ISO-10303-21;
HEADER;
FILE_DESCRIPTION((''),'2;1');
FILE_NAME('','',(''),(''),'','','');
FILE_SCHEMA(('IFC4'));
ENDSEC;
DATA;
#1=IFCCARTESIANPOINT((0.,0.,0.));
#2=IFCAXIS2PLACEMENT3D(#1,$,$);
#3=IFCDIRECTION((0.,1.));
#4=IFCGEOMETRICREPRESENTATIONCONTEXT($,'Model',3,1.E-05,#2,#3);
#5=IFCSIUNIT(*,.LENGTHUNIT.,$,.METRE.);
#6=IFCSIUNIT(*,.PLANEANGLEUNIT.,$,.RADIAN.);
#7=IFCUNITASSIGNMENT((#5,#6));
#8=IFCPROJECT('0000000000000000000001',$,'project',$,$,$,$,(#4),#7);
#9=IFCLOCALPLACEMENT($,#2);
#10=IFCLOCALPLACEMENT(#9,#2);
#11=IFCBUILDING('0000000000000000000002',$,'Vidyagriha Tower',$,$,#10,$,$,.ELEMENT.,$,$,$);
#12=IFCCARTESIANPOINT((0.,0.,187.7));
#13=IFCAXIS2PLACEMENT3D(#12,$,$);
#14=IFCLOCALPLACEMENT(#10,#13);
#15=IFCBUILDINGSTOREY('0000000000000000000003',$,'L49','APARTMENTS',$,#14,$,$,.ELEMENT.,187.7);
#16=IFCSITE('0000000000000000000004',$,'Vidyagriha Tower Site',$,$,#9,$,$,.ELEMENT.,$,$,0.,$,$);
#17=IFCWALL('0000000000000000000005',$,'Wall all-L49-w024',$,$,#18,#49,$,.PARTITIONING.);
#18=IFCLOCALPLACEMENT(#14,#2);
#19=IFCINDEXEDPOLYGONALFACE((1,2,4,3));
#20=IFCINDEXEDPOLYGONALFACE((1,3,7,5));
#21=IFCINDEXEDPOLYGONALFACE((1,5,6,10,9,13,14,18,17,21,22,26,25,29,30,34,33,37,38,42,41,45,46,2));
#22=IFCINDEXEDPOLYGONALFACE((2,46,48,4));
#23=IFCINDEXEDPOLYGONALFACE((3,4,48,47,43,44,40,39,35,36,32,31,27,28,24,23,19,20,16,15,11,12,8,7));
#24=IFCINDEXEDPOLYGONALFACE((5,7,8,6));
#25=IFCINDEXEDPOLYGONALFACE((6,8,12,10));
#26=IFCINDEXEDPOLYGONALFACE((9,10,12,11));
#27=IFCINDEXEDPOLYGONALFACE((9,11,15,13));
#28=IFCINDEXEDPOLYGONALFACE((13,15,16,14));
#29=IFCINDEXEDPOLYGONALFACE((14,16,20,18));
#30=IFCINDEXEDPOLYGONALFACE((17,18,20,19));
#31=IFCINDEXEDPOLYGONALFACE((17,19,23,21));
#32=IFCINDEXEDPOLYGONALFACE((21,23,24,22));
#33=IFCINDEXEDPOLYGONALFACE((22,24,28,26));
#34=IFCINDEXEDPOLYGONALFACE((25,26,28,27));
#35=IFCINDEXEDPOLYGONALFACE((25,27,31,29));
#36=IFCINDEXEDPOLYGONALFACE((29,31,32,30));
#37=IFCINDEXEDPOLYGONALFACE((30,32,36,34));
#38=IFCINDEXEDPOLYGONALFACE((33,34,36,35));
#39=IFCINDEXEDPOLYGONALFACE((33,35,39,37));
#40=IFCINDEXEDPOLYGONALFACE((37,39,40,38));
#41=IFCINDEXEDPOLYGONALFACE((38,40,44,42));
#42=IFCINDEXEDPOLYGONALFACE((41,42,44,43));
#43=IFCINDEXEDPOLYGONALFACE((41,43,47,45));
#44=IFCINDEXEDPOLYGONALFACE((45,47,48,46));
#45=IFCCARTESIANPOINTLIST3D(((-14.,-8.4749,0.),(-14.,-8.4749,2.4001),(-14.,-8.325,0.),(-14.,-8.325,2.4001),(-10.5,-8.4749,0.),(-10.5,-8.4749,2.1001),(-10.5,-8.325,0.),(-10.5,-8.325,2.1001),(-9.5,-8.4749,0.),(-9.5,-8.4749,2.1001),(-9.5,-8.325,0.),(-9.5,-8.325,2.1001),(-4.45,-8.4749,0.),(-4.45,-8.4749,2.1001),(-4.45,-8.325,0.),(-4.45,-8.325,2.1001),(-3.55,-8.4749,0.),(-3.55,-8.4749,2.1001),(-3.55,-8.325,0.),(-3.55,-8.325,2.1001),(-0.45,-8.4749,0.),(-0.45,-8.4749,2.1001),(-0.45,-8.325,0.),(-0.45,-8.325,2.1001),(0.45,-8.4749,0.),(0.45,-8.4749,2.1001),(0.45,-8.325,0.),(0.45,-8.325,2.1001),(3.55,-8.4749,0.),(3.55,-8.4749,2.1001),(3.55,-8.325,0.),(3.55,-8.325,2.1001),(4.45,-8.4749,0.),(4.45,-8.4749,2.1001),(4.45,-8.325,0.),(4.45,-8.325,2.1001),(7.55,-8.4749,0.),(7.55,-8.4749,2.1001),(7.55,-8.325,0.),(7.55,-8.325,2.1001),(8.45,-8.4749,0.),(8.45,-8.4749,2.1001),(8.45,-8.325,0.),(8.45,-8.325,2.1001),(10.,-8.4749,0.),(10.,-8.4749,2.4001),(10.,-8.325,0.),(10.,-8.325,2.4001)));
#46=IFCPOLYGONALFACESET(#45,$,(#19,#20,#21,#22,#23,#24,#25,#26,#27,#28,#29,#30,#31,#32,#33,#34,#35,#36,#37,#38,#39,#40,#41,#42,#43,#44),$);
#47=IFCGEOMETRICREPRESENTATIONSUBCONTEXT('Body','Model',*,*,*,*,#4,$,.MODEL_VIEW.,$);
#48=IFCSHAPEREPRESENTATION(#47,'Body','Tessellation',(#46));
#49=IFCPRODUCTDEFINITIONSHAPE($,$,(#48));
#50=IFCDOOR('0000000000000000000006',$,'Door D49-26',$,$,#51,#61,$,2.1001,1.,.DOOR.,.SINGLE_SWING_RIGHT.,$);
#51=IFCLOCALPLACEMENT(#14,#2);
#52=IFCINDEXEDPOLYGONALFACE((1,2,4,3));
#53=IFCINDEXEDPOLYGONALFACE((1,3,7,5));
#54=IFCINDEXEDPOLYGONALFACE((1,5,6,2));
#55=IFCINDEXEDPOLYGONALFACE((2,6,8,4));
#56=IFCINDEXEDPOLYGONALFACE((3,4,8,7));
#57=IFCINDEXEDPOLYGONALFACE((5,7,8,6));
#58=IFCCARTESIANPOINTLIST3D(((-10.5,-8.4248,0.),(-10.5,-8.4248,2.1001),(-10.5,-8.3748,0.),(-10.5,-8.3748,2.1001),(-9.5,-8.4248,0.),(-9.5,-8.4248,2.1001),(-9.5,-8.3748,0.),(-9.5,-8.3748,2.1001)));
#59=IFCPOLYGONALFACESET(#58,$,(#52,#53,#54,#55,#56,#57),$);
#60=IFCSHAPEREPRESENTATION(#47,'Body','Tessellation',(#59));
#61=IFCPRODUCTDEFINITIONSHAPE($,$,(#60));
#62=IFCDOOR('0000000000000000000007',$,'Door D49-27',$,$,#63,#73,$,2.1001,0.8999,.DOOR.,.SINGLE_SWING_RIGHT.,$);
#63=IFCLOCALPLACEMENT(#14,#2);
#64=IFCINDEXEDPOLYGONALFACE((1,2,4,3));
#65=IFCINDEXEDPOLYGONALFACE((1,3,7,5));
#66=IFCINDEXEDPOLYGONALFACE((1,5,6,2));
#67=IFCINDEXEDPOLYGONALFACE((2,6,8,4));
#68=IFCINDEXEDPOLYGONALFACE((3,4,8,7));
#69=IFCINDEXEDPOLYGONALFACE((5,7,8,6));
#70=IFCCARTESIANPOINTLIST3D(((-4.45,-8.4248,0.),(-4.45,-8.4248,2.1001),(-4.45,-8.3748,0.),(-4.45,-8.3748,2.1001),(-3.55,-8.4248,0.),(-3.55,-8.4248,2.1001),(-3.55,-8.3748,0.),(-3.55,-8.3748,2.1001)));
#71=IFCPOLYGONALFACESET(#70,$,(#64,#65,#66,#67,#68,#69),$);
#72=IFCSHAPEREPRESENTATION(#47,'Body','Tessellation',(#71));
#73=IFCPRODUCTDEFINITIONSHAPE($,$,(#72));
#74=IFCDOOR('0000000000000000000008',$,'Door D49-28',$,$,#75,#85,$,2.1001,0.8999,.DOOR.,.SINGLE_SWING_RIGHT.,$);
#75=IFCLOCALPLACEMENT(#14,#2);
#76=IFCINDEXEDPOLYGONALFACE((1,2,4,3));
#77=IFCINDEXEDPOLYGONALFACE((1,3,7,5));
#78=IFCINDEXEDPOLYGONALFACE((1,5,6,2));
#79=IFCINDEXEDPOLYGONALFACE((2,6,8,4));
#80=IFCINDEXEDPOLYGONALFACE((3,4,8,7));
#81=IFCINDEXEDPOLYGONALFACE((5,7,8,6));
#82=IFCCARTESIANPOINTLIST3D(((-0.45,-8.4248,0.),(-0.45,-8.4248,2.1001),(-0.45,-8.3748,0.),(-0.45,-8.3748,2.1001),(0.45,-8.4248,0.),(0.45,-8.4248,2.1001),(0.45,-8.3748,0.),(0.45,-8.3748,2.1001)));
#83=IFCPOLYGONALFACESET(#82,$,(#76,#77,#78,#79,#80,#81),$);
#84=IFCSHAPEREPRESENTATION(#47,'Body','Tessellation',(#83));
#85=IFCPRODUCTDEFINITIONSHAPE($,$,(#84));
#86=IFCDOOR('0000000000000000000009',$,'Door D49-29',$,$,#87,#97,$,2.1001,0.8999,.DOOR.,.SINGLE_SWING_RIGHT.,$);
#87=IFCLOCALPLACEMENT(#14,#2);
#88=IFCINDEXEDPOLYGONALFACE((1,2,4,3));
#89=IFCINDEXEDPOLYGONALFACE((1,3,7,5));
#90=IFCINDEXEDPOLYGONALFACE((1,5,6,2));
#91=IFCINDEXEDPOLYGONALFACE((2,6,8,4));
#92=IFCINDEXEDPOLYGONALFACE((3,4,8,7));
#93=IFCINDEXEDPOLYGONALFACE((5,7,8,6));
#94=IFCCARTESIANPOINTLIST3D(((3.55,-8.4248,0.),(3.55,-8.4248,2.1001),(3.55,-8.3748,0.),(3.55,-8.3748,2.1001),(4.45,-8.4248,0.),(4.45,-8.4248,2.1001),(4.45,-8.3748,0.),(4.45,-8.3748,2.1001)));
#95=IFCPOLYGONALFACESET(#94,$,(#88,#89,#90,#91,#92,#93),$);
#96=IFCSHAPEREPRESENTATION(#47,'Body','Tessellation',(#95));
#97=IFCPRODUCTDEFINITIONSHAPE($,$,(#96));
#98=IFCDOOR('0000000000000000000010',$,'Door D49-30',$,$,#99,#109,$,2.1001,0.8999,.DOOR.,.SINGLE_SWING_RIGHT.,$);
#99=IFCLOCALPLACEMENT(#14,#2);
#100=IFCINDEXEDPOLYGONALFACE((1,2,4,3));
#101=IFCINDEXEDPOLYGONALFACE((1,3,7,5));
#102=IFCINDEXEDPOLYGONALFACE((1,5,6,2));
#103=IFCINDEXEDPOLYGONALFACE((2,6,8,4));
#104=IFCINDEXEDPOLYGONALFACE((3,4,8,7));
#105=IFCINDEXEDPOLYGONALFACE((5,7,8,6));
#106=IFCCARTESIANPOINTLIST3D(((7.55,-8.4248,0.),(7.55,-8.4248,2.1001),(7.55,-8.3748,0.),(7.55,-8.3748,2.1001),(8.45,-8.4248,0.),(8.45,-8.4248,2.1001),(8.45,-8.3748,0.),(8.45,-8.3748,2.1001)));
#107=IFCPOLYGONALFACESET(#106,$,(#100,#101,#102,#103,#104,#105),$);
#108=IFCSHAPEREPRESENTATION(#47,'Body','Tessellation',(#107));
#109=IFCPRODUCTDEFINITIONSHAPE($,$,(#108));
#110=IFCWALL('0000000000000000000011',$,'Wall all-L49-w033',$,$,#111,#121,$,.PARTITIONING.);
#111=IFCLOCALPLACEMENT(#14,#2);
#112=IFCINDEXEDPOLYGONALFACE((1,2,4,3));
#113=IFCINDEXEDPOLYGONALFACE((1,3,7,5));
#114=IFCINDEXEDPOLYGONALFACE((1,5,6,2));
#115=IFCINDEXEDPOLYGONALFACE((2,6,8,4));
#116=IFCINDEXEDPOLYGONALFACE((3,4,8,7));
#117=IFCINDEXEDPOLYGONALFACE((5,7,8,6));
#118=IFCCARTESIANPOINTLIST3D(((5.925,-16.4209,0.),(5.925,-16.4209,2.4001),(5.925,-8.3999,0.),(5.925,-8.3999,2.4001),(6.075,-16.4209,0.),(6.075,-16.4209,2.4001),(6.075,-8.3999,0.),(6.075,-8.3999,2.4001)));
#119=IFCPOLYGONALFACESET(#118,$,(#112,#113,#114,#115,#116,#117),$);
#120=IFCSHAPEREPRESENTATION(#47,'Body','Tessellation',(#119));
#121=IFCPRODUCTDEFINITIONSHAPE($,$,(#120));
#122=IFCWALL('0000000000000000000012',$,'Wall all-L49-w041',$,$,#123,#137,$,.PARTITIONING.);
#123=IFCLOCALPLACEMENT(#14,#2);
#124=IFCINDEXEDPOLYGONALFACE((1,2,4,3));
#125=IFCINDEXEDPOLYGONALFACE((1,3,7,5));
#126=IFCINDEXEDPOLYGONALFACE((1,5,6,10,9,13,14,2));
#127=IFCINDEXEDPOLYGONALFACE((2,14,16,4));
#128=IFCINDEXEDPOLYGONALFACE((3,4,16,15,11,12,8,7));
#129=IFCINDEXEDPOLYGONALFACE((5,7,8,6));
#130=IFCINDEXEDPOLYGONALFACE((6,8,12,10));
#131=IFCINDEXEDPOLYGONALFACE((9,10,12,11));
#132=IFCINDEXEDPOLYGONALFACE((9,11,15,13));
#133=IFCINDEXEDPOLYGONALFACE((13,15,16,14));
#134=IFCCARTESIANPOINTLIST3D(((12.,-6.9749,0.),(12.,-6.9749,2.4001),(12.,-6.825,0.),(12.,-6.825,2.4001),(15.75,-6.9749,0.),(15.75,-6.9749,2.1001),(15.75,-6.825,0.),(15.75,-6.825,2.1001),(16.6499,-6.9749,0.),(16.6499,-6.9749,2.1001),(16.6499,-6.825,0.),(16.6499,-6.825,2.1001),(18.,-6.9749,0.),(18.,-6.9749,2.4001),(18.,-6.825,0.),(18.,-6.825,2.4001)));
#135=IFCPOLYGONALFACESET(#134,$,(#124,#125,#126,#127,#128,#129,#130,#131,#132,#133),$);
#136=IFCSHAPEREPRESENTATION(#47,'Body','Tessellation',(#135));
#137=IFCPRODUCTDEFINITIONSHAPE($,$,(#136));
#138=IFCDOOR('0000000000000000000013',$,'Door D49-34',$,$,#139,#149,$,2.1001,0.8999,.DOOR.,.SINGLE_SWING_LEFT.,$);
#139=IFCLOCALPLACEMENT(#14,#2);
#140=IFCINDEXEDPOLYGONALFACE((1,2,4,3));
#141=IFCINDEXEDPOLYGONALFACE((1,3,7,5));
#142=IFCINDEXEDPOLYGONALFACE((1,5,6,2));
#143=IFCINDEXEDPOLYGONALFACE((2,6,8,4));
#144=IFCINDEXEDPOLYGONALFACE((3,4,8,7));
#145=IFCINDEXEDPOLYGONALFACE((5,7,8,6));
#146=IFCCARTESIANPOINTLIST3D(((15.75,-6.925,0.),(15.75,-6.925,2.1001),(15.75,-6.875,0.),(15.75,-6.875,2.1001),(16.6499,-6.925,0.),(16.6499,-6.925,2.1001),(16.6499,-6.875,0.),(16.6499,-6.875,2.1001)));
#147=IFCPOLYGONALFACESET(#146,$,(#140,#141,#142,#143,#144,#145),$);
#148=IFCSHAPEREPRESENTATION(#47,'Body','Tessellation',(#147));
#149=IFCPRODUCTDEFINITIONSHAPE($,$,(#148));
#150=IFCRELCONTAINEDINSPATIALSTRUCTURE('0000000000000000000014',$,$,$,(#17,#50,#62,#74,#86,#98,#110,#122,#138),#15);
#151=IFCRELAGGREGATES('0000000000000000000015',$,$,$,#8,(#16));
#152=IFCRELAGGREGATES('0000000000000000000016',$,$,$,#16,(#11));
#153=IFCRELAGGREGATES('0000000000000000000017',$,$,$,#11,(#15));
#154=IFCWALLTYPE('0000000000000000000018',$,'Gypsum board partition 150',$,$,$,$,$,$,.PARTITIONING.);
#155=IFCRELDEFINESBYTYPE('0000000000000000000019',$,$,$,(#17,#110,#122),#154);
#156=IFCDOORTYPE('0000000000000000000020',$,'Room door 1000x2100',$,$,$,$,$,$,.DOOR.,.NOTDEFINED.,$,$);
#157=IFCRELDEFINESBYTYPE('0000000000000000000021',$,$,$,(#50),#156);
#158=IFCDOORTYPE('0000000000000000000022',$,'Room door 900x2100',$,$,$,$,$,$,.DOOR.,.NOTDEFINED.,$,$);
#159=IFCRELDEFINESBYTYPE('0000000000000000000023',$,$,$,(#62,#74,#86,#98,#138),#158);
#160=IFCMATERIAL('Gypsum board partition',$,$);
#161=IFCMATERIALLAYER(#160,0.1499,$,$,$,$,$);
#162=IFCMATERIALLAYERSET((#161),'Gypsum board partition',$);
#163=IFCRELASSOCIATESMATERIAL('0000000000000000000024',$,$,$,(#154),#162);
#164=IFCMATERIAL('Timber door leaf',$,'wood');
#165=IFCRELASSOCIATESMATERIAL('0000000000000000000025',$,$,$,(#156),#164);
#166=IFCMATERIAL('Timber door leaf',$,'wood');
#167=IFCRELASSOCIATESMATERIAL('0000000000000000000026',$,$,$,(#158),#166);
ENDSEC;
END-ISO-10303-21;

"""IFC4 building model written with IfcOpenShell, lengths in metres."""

from ifc_helpers import new_model, si_unit, direction, frame, frame_2d, origin, place, context, subcontext, project, spatial, rectangle, extrude, material, layer, layer_set, type_object, element, fill, save


model = new_model("IFC4")

# Units and contexts
model_context = context("Model", 3, precision=1e-05, world=origin(), true_north=direction((0.0, 1.0)))
body_context = subcontext(model_context, "Body", "Model", "MODEL_VIEW")
ifc_project = project(units=[si_unit("LENGTHUNIT", "METRE"), si_unit("PLANEANGLEUNIT", "RADIAN")], contexts=[model_context])

# Site, building, storey
site_placement = place(None, origin())
site = spatial("IfcSite", under=ifc_project, at=site_placement, Name="Vidyagriha Tower Site", CompositionType="ELEMENT", RefElevation=0.0)
building_placement = place(site_placement, origin())
building = spatial("IfcBuilding", under=site, at=building_placement, Name="Vidyagriha Tower", CompositionType="ELEMENT")
storey_placement = place(building_placement, frame((0.0, 0.0, 187.7)))
storey = spatial("IfcBuildingStorey", under=building, at=storey_placement, Name="L49", Description="APARTMENTS", CompositionType="ELEMENT", Elevation=187.7)

# Shared definitions
ifc_material_1 = material(Name="Gypsum board partition")
ifc_layer_1 = layer(ifc_material_1, 0.1499)
ifc_layer_set_1 = layer_set([ifc_layer_1], Name="Gypsum board partition")
wall_type_1 = type_object("IfcWallType", Name="Gypsum board partition 150", PredefinedType="PARTITIONING", material=ifc_layer_set_1)

# Wall, openings, doors
wall_1_placement = place(storey_placement, frame((10.0, -8.3999, 0.0), z_axis=(0.0, 0.0, 1.0), x_axis=(-1.0, 0.0, 0.0)))
wall_1 = element("IfcWall", 1, at=wall_1_placement, inside=storey, type_object=wall_type_1, Name="Wall all-L49-w024", PredefinedType="PARTITIONING", context=body_context, shape_type="SweptSolid", body=[
    extrude(rectangle(XDim=24.0, YDim=0.1499, at=frame_2d((12.0, 0.0))), origin(), (0.0, 0.0, 1.0), 2.4001),
])
opening_1_placement = place(wall_1_placement, frame((19.5, 0.0, 0.0)))
opening_1 = element("IfcOpeningElement", 2, at=opening_1_placement, cuts=wall_1, PredefinedType="OPENING", context=body_context, shape_type="SweptSolid", body=[
    extrude(rectangle(XDim=1.0, YDim=2.1001, at=frame_2d((0.5, 1.05))), frame((0.0, 0.085, 0.0), z_axis=(0.0, -1.0, 0.0), x_axis=(1.0, 0.0, 0.0)), (0.0, 0.0, 1.0), 0.1699),
])
opening_2_placement = place(wall_1_placement, frame((13.55, 0.0, 0.0)))
opening_2 = element("IfcOpeningElement", 3, at=opening_2_placement, cuts=wall_1, PredefinedType="OPENING", context=body_context, shape_type="SweptSolid", body=[
    extrude(rectangle(XDim=0.8999, YDim=2.1001, at=frame_2d((0.45, 1.05))), frame((0.0, 0.085, 0.0), z_axis=(0.0, -1.0, 0.0), x_axis=(1.0, 0.0, 0.0)), (0.0, 0.0, 1.0), 0.1699),
])
opening_3_placement = place(wall_1_placement, frame((9.55, 0.0, 0.0)))
opening_3 = element("IfcOpeningElement", 4, at=opening_3_placement, cuts=wall_1, PredefinedType="OPENING", context=body_context, shape_type="SweptSolid", body=[
    extrude(rectangle(XDim=0.8999, YDim=2.1001, at=frame_2d((0.45, 1.05))), frame((0.0, 0.085, 0.0), z_axis=(0.0, -1.0, 0.0), x_axis=(1.0, 0.0, 0.0)), (0.0, 0.0, 1.0), 0.1699),
])
opening_4_placement = place(wall_1_placement, frame((5.55, 0.0, 0.0)))
opening_4 = element("IfcOpeningElement", 5, at=opening_4_placement, cuts=wall_1, PredefinedType="OPENING", context=body_context, shape_type="SweptSolid", body=[
    extrude(rectangle(XDim=0.8999, YDim=2.1001, at=frame_2d((0.45, 1.05))), frame((0.0, 0.085, 0.0), z_axis=(0.0, -1.0, 0.0), x_axis=(1.0, 0.0, 0.0)), (0.0, 0.0, 1.0), 0.1699),
])
opening_5_placement = place(wall_1_placement, frame((1.55, 0.0, 0.0)))
opening_5 = element("IfcOpeningElement", 6, at=opening_5_placement, cuts=wall_1, PredefinedType="OPENING", context=body_context, shape_type="SweptSolid", body=[
    extrude(rectangle(XDim=0.8999, YDim=2.1001, at=frame_2d((0.45, 1.05))), frame((0.0, 0.085, 0.0), z_axis=(0.0, -1.0, 0.0), x_axis=(1.0, 0.0, 0.0)), (0.0, 0.0, 1.0), 0.1699),
])
ifc_material_2 = material(Name="Timber door leaf", Category="wood")
door_type_1 = type_object("IfcDoorType", Name="Room door 1000x2100", OperationType="NOTDEFINED", PredefinedType="DOOR", material=ifc_material_2)
door_1_placement = place(opening_1_placement, origin())
door_1 = element("IfcDoor", 7, at=door_1_placement, inside=storey, type_object=door_type_1, Name="Door D49-26", OperationType="SINGLE_SWING_RIGHT", OverallHeight=2.1001, OverallWidth=1.0, PredefinedType="DOOR", context=body_context, shape_type="SweptSolid", body=[
    extrude(rectangle(XDim=1.0, YDim=2.1001, at=frame_2d((0.5, 1.05))), frame((0.0, 0.0249, 0.0), z_axis=(0.0, -1.0, 0.0), x_axis=(1.0, 0.0, 0.0)), (0.0, 0.0, 1.0), 0.05),
])
fill(opening_1, door_1)
ifc_material_3 = material(Name="Timber door leaf", Category="wood")
door_type_2 = type_object("IfcDoorType", Name="Room door 900x2100", OperationType="NOTDEFINED", PredefinedType="DOOR", material=ifc_material_3)
door_2_placement = place(opening_2_placement, origin())
door_2 = element("IfcDoor", 8, at=door_2_placement, inside=storey, type_object=door_type_2, Name="Door D49-27", OperationType="SINGLE_SWING_RIGHT", OverallHeight=2.1001, OverallWidth=0.8999, PredefinedType="DOOR", context=body_context, shape_type="SweptSolid", body=[
    extrude(rectangle(XDim=0.8999, YDim=2.1001, at=frame_2d((0.45, 1.05))), frame((0.0, 0.0249, 0.0), z_axis=(0.0, -1.0, 0.0), x_axis=(1.0, 0.0, 0.0)), (0.0, 0.0, 1.0), 0.05),
])
fill(opening_2, door_2)
door_3_placement = place(opening_3_placement, origin())
door_3 = element("IfcDoor", 9, at=door_3_placement, inside=storey, type_object=door_type_2, Name="Door D49-28", OperationType="SINGLE_SWING_RIGHT", OverallHeight=2.1001, OverallWidth=0.8999, PredefinedType="DOOR", context=body_context, shape_type="SweptSolid", body=[
    extrude(rectangle(XDim=0.8999, YDim=2.1001, at=frame_2d((0.45, 1.05))), frame((0.0, 0.0249, 0.0), z_axis=(0.0, -1.0, 0.0), x_axis=(1.0, 0.0, 0.0)), (0.0, 0.0, 1.0), 0.05),
])
fill(opening_3, door_3)
door_4_placement = place(opening_4_placement, origin())
door_4 = element("IfcDoor", 10, at=door_4_placement, inside=storey, type_object=door_type_2, Name="Door D49-29", OperationType="SINGLE_SWING_RIGHT", OverallHeight=2.1001, OverallWidth=0.8999, PredefinedType="DOOR", context=body_context, shape_type="SweptSolid", body=[
    extrude(rectangle(XDim=0.8999, YDim=2.1001, at=frame_2d((0.45, 1.05))), frame((0.0, 0.0249, 0.0), z_axis=(0.0, -1.0, 0.0), x_axis=(1.0, 0.0, 0.0)), (0.0, 0.0, 1.0), 0.05),
])
fill(opening_4, door_4)
door_5_placement = place(opening_5_placement, origin())
door_5 = element("IfcDoor", 11, at=door_5_placement, inside=storey, type_object=door_type_2, Name="Door D49-30", OperationType="SINGLE_SWING_RIGHT", OverallHeight=2.1001, OverallWidth=0.8999, PredefinedType="DOOR", context=body_context, shape_type="SweptSolid", body=[
    extrude(rectangle(XDim=0.8999, YDim=2.1001, at=frame_2d((0.45, 1.05))), frame((0.0, 0.0249, 0.0), z_axis=(0.0, -1.0, 0.0), x_axis=(1.0, 0.0, 0.0)), (0.0, 0.0, 1.0), 0.05),
])
fill(opening_5, door_5)

# Wall
wall_2_placement = place(storey_placement, frame((6.0, -8.3999, 0.0), z_axis=(0.0, 0.0, 1.0), x_axis=(0.0, -1.0, 0.0)))
element("IfcWall", 12, at=wall_2_placement, inside=storey, type_object=wall_type_1, Name="Wall all-L49-w033", PredefinedType="PARTITIONING", context=body_context, shape_type="SweptSolid", body=[
    extrude(rectangle(XDim=8.021, YDim=0.1499, at=frame_2d((4.0105, 0.0))), origin(), (0.0, 0.0, 1.0), 2.4001),
])

# Wall, opening, door
wall_3_placement = place(storey_placement, frame((12.0, -6.8999, 0.0)))
wall_3 = element("IfcWall", 13, at=wall_3_placement, inside=storey, type_object=wall_type_1, Name="Wall all-L49-w041", PredefinedType="PARTITIONING", context=body_context, shape_type="SweptSolid", body=[
    extrude(rectangle(XDim=6.0, YDim=0.1499, at=frame_2d((3.0, 0.0))), origin(), (0.0, 0.0, 1.0), 2.4001),
])
opening_6_placement = place(wall_3_placement, frame((3.75, 0.0, 0.0)))
opening_6 = element("IfcOpeningElement", 14, at=opening_6_placement, cuts=wall_3, PredefinedType="OPENING", context=body_context, shape_type="SweptSolid", body=[
    extrude(rectangle(XDim=0.8999, YDim=2.1001, at=frame_2d((0.45, 1.05))), frame((0.0, 0.085, 0.0), z_axis=(0.0, -1.0, 0.0), x_axis=(1.0, 0.0, 0.0)), (0.0, 0.0, 1.0), 0.1699),
])
door_6_placement = place(opening_6_placement, origin())
door_6 = element("IfcDoor", 15, at=door_6_placement, inside=storey, type_object=door_type_2, Name="Door D49-34", OperationType="SINGLE_SWING_LEFT", OverallHeight=2.1001, OverallWidth=0.8999, PredefinedType="DOOR", context=body_context, shape_type="SweptSolid", body=[
    extrude(rectangle(XDim=0.8999, YDim=2.1001, at=frame_2d((0.45, 1.05))), frame((0.0, 0.0249, 0.0), z_axis=(0.0, -1.0, 0.0), x_axis=(1.0, 0.0, 0.0)), (0.0, 0.0, 1.0), 0.05),
])
fill(opening_6, door_6)

save(model, "model.ifc")
